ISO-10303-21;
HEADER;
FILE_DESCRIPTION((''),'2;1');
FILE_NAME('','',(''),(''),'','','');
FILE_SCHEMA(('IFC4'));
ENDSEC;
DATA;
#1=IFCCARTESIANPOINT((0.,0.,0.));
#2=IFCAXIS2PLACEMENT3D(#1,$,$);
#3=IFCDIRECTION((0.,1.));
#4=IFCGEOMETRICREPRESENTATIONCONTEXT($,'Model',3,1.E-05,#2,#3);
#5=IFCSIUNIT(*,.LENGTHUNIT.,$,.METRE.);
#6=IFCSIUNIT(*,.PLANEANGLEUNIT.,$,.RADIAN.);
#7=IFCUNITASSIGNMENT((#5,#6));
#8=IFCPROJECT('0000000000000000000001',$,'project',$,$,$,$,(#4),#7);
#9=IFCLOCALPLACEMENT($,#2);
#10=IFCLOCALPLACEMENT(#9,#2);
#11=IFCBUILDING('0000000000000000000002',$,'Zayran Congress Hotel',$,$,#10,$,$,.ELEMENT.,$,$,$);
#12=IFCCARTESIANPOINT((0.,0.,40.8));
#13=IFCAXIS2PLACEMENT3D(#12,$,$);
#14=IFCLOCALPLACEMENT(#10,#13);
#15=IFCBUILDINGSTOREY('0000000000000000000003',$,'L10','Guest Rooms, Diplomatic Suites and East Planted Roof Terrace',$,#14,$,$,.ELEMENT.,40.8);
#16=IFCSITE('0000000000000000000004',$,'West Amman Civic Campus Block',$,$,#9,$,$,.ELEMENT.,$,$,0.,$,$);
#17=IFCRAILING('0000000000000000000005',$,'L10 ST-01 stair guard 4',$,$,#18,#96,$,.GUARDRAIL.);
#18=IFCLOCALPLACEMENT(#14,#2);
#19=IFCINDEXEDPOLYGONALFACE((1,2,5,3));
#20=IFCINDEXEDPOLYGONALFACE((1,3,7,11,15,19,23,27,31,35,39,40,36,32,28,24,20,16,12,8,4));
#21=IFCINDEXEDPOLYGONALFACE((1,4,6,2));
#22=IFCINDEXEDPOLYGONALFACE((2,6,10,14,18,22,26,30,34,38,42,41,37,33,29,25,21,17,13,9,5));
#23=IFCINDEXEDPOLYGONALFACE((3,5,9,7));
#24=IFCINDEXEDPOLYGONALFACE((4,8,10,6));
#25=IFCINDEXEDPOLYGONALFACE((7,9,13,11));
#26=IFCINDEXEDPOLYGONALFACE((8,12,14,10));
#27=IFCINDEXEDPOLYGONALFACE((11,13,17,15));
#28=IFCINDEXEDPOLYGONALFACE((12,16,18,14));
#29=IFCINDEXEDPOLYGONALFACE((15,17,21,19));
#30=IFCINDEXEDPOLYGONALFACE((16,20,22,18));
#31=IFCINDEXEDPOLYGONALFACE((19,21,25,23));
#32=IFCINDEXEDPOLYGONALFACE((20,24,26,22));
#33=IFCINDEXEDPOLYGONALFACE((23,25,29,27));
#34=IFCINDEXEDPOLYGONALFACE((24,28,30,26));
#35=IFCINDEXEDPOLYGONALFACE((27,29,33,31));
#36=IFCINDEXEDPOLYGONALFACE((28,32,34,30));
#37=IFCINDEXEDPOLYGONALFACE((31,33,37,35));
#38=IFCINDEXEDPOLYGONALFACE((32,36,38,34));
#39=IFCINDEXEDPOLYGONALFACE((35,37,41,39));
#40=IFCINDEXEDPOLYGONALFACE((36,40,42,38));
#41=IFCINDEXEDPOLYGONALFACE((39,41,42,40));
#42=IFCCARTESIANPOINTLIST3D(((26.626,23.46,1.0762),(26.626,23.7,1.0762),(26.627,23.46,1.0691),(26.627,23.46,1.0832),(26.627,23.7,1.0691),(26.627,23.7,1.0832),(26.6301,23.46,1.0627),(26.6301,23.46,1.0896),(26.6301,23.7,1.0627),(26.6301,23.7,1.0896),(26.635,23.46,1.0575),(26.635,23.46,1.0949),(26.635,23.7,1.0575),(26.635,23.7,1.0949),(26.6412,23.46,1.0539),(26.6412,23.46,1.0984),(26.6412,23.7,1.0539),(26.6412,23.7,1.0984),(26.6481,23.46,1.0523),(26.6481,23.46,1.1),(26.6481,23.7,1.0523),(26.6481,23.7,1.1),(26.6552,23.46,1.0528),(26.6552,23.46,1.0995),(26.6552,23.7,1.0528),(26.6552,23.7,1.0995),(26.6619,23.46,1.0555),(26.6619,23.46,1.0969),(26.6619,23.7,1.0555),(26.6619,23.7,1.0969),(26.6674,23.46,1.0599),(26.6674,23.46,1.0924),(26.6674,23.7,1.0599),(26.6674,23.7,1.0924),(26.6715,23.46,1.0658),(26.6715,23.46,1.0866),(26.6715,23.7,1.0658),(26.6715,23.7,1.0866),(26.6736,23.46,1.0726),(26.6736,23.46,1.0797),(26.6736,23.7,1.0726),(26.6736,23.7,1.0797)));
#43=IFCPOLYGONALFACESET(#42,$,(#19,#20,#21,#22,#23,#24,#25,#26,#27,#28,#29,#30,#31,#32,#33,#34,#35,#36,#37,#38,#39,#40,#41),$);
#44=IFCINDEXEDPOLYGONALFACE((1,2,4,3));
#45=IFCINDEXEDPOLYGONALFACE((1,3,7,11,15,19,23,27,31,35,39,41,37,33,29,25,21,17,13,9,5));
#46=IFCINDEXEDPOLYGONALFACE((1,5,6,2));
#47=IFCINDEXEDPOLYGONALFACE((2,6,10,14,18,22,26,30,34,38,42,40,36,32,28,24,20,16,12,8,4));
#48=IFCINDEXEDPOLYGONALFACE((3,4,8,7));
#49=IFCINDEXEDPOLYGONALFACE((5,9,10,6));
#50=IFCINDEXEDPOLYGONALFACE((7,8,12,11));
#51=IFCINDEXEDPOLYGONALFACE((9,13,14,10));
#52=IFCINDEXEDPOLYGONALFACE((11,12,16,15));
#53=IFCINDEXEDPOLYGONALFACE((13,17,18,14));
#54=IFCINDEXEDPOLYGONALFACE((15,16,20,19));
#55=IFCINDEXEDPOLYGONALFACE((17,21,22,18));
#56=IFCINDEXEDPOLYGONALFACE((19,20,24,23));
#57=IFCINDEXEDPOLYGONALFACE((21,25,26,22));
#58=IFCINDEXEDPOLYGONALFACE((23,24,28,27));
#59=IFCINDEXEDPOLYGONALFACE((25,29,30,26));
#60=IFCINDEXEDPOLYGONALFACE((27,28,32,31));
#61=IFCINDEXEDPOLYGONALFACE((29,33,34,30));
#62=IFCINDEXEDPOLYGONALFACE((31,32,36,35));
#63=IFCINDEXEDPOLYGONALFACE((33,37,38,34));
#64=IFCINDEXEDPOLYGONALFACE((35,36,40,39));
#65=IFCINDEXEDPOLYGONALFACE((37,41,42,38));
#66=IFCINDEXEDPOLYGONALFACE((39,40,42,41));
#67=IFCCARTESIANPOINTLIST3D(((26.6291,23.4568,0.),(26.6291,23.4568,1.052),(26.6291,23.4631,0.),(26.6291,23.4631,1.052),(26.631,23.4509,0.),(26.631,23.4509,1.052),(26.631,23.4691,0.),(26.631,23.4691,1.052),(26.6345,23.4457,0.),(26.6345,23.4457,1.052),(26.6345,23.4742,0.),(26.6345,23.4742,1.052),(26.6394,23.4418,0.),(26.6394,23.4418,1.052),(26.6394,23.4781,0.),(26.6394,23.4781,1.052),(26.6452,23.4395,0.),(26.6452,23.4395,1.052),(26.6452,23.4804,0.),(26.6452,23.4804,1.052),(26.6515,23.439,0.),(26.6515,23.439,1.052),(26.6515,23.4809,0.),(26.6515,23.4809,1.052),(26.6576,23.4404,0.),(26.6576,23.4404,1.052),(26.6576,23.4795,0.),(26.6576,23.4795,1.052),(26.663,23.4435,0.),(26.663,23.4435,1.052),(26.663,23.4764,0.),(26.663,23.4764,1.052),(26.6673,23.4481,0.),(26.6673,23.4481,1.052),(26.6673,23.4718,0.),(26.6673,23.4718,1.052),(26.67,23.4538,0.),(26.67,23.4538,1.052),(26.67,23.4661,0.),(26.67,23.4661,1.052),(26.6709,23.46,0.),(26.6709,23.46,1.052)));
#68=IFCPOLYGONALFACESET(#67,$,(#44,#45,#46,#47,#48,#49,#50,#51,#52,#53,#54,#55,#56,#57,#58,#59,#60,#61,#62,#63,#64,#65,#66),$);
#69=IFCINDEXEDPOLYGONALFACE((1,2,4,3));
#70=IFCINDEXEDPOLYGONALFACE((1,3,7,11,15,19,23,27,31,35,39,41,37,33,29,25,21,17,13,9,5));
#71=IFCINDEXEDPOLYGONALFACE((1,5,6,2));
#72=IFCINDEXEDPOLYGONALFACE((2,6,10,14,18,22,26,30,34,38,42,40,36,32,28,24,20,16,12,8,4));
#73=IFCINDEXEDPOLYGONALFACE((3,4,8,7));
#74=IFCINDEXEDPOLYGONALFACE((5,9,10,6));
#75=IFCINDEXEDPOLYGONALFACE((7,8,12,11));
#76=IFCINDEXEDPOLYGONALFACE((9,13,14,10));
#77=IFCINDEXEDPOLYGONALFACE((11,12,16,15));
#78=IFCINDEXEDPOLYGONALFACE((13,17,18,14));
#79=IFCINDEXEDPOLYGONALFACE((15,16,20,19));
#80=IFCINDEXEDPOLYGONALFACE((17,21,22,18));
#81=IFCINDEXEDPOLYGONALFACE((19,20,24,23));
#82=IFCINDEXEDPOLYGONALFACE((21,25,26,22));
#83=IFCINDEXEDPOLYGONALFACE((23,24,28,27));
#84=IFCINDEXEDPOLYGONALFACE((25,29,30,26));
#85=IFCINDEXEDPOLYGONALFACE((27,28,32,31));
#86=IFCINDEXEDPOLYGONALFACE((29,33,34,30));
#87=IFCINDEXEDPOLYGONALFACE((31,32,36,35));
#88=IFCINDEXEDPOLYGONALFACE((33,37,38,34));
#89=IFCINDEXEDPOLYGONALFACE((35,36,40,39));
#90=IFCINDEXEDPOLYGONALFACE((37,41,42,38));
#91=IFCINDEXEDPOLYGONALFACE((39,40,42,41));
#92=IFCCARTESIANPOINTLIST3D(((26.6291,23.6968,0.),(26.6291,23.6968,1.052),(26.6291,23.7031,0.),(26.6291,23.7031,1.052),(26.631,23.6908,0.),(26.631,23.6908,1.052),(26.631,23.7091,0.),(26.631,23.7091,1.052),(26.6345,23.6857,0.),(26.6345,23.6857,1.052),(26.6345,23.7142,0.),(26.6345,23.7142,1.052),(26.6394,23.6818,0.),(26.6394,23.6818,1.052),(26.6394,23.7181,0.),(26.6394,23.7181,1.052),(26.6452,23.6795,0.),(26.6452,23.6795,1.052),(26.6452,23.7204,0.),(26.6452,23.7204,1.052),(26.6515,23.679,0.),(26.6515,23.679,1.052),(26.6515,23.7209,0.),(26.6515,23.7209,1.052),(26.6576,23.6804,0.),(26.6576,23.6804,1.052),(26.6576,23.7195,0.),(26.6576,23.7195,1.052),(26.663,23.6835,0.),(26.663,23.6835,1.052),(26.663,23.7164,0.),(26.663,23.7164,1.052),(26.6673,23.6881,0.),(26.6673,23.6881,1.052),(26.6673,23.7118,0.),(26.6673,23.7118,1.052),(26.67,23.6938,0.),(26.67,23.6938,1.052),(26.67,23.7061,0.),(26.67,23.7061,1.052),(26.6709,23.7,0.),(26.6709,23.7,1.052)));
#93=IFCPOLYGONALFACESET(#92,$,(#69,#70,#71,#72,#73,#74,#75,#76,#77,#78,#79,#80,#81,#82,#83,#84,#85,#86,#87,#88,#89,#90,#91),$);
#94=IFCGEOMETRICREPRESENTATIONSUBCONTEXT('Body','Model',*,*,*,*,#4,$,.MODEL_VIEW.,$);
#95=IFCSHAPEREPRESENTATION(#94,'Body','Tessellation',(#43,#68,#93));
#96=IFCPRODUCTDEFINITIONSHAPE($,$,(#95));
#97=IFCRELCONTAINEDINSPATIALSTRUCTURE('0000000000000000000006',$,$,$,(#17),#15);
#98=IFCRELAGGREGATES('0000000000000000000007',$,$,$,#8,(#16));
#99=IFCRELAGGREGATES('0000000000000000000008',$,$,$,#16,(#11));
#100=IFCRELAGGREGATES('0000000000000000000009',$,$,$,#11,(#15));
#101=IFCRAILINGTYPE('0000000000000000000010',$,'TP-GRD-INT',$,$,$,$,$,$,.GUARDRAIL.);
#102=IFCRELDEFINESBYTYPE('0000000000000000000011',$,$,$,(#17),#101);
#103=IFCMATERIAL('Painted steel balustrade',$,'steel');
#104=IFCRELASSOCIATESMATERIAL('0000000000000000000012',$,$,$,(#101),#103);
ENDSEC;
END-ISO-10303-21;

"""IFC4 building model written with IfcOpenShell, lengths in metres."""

from ifc_helpers import new_model, si_unit, direction, frame, origin, origin_2d, place, context, subcontext, project, spatial, circle, extrude, material, type_object, element, save


model = new_model("IFC4")

# Units and contexts
model_context = context("Model", 3, precision=1e-05, world=origin(), true_north=direction((0.0, 1.0)))
body_context = subcontext(model_context, "Body", "Model", "MODEL_VIEW")
ifc_project = project(units=[si_unit("LENGTHUNIT", "METRE"), si_unit("PLANEANGLEUNIT", "RADIAN")], contexts=[model_context])

# Site, building, storey
site_placement = place(None, origin())
site = spatial("IfcSite", under=ifc_project, at=site_placement, Name="West Amman Civic Campus Block", CompositionType="ELEMENT", RefElevation=0.0)
building_placement = place(site_placement, origin())
building = spatial("IfcBuilding", under=site, at=building_placement, Name="Zayran Congress Hotel", CompositionType="ELEMENT")
storey_placement = place(building_placement, frame((0.0, 0.0, 40.8)))
storey = spatial("IfcBuildingStorey", under=building, at=storey_placement, Name="L10", Description="Guest Rooms, Diplomatic Suites and East Planted Roof Terrace", CompositionType="ELEMENT", Elevation=40.8)

# Railing
ifc_material_1 = material(Name="Painted steel balustrade", Category="steel")
railing_type_1 = type_object("IfcRailingType", Name="TP-GRD-INT", PredefinedType="GUARDRAIL", material=ifc_material_1)
railing_1_placement = place(storey_placement, frame((26.6499, 23.46, 0.0)))
element("IfcRailing", 1, at=railing_1_placement, inside=storey, type_object=railing_type_1, Name="L10 ST-01 stair guard 4", PredefinedType="GUARDRAIL", context=body_context, shape_type="SweptSolid", body=[
    extrude(circle(Radius=0.0239, at=origin_2d()), frame((0.0, 0.0, 1.0762), z_axis=(0.0, 1.0, 0.0), x_axis=(-1.0, 0.0, 0.0)), (0.0, 0.0, 1.0), 0.24),
    extrude(circle(Radius=0.021, at=origin_2d()), origin(), (0.0, 0.0, 1.0), 1.052),
    extrude(circle(Radius=0.021, at=origin_2d()), frame((0.0, 0.24, 0.0)), (0.0, 0.0, 1.0), 1.052),
])

save(model, "model.ifc")
